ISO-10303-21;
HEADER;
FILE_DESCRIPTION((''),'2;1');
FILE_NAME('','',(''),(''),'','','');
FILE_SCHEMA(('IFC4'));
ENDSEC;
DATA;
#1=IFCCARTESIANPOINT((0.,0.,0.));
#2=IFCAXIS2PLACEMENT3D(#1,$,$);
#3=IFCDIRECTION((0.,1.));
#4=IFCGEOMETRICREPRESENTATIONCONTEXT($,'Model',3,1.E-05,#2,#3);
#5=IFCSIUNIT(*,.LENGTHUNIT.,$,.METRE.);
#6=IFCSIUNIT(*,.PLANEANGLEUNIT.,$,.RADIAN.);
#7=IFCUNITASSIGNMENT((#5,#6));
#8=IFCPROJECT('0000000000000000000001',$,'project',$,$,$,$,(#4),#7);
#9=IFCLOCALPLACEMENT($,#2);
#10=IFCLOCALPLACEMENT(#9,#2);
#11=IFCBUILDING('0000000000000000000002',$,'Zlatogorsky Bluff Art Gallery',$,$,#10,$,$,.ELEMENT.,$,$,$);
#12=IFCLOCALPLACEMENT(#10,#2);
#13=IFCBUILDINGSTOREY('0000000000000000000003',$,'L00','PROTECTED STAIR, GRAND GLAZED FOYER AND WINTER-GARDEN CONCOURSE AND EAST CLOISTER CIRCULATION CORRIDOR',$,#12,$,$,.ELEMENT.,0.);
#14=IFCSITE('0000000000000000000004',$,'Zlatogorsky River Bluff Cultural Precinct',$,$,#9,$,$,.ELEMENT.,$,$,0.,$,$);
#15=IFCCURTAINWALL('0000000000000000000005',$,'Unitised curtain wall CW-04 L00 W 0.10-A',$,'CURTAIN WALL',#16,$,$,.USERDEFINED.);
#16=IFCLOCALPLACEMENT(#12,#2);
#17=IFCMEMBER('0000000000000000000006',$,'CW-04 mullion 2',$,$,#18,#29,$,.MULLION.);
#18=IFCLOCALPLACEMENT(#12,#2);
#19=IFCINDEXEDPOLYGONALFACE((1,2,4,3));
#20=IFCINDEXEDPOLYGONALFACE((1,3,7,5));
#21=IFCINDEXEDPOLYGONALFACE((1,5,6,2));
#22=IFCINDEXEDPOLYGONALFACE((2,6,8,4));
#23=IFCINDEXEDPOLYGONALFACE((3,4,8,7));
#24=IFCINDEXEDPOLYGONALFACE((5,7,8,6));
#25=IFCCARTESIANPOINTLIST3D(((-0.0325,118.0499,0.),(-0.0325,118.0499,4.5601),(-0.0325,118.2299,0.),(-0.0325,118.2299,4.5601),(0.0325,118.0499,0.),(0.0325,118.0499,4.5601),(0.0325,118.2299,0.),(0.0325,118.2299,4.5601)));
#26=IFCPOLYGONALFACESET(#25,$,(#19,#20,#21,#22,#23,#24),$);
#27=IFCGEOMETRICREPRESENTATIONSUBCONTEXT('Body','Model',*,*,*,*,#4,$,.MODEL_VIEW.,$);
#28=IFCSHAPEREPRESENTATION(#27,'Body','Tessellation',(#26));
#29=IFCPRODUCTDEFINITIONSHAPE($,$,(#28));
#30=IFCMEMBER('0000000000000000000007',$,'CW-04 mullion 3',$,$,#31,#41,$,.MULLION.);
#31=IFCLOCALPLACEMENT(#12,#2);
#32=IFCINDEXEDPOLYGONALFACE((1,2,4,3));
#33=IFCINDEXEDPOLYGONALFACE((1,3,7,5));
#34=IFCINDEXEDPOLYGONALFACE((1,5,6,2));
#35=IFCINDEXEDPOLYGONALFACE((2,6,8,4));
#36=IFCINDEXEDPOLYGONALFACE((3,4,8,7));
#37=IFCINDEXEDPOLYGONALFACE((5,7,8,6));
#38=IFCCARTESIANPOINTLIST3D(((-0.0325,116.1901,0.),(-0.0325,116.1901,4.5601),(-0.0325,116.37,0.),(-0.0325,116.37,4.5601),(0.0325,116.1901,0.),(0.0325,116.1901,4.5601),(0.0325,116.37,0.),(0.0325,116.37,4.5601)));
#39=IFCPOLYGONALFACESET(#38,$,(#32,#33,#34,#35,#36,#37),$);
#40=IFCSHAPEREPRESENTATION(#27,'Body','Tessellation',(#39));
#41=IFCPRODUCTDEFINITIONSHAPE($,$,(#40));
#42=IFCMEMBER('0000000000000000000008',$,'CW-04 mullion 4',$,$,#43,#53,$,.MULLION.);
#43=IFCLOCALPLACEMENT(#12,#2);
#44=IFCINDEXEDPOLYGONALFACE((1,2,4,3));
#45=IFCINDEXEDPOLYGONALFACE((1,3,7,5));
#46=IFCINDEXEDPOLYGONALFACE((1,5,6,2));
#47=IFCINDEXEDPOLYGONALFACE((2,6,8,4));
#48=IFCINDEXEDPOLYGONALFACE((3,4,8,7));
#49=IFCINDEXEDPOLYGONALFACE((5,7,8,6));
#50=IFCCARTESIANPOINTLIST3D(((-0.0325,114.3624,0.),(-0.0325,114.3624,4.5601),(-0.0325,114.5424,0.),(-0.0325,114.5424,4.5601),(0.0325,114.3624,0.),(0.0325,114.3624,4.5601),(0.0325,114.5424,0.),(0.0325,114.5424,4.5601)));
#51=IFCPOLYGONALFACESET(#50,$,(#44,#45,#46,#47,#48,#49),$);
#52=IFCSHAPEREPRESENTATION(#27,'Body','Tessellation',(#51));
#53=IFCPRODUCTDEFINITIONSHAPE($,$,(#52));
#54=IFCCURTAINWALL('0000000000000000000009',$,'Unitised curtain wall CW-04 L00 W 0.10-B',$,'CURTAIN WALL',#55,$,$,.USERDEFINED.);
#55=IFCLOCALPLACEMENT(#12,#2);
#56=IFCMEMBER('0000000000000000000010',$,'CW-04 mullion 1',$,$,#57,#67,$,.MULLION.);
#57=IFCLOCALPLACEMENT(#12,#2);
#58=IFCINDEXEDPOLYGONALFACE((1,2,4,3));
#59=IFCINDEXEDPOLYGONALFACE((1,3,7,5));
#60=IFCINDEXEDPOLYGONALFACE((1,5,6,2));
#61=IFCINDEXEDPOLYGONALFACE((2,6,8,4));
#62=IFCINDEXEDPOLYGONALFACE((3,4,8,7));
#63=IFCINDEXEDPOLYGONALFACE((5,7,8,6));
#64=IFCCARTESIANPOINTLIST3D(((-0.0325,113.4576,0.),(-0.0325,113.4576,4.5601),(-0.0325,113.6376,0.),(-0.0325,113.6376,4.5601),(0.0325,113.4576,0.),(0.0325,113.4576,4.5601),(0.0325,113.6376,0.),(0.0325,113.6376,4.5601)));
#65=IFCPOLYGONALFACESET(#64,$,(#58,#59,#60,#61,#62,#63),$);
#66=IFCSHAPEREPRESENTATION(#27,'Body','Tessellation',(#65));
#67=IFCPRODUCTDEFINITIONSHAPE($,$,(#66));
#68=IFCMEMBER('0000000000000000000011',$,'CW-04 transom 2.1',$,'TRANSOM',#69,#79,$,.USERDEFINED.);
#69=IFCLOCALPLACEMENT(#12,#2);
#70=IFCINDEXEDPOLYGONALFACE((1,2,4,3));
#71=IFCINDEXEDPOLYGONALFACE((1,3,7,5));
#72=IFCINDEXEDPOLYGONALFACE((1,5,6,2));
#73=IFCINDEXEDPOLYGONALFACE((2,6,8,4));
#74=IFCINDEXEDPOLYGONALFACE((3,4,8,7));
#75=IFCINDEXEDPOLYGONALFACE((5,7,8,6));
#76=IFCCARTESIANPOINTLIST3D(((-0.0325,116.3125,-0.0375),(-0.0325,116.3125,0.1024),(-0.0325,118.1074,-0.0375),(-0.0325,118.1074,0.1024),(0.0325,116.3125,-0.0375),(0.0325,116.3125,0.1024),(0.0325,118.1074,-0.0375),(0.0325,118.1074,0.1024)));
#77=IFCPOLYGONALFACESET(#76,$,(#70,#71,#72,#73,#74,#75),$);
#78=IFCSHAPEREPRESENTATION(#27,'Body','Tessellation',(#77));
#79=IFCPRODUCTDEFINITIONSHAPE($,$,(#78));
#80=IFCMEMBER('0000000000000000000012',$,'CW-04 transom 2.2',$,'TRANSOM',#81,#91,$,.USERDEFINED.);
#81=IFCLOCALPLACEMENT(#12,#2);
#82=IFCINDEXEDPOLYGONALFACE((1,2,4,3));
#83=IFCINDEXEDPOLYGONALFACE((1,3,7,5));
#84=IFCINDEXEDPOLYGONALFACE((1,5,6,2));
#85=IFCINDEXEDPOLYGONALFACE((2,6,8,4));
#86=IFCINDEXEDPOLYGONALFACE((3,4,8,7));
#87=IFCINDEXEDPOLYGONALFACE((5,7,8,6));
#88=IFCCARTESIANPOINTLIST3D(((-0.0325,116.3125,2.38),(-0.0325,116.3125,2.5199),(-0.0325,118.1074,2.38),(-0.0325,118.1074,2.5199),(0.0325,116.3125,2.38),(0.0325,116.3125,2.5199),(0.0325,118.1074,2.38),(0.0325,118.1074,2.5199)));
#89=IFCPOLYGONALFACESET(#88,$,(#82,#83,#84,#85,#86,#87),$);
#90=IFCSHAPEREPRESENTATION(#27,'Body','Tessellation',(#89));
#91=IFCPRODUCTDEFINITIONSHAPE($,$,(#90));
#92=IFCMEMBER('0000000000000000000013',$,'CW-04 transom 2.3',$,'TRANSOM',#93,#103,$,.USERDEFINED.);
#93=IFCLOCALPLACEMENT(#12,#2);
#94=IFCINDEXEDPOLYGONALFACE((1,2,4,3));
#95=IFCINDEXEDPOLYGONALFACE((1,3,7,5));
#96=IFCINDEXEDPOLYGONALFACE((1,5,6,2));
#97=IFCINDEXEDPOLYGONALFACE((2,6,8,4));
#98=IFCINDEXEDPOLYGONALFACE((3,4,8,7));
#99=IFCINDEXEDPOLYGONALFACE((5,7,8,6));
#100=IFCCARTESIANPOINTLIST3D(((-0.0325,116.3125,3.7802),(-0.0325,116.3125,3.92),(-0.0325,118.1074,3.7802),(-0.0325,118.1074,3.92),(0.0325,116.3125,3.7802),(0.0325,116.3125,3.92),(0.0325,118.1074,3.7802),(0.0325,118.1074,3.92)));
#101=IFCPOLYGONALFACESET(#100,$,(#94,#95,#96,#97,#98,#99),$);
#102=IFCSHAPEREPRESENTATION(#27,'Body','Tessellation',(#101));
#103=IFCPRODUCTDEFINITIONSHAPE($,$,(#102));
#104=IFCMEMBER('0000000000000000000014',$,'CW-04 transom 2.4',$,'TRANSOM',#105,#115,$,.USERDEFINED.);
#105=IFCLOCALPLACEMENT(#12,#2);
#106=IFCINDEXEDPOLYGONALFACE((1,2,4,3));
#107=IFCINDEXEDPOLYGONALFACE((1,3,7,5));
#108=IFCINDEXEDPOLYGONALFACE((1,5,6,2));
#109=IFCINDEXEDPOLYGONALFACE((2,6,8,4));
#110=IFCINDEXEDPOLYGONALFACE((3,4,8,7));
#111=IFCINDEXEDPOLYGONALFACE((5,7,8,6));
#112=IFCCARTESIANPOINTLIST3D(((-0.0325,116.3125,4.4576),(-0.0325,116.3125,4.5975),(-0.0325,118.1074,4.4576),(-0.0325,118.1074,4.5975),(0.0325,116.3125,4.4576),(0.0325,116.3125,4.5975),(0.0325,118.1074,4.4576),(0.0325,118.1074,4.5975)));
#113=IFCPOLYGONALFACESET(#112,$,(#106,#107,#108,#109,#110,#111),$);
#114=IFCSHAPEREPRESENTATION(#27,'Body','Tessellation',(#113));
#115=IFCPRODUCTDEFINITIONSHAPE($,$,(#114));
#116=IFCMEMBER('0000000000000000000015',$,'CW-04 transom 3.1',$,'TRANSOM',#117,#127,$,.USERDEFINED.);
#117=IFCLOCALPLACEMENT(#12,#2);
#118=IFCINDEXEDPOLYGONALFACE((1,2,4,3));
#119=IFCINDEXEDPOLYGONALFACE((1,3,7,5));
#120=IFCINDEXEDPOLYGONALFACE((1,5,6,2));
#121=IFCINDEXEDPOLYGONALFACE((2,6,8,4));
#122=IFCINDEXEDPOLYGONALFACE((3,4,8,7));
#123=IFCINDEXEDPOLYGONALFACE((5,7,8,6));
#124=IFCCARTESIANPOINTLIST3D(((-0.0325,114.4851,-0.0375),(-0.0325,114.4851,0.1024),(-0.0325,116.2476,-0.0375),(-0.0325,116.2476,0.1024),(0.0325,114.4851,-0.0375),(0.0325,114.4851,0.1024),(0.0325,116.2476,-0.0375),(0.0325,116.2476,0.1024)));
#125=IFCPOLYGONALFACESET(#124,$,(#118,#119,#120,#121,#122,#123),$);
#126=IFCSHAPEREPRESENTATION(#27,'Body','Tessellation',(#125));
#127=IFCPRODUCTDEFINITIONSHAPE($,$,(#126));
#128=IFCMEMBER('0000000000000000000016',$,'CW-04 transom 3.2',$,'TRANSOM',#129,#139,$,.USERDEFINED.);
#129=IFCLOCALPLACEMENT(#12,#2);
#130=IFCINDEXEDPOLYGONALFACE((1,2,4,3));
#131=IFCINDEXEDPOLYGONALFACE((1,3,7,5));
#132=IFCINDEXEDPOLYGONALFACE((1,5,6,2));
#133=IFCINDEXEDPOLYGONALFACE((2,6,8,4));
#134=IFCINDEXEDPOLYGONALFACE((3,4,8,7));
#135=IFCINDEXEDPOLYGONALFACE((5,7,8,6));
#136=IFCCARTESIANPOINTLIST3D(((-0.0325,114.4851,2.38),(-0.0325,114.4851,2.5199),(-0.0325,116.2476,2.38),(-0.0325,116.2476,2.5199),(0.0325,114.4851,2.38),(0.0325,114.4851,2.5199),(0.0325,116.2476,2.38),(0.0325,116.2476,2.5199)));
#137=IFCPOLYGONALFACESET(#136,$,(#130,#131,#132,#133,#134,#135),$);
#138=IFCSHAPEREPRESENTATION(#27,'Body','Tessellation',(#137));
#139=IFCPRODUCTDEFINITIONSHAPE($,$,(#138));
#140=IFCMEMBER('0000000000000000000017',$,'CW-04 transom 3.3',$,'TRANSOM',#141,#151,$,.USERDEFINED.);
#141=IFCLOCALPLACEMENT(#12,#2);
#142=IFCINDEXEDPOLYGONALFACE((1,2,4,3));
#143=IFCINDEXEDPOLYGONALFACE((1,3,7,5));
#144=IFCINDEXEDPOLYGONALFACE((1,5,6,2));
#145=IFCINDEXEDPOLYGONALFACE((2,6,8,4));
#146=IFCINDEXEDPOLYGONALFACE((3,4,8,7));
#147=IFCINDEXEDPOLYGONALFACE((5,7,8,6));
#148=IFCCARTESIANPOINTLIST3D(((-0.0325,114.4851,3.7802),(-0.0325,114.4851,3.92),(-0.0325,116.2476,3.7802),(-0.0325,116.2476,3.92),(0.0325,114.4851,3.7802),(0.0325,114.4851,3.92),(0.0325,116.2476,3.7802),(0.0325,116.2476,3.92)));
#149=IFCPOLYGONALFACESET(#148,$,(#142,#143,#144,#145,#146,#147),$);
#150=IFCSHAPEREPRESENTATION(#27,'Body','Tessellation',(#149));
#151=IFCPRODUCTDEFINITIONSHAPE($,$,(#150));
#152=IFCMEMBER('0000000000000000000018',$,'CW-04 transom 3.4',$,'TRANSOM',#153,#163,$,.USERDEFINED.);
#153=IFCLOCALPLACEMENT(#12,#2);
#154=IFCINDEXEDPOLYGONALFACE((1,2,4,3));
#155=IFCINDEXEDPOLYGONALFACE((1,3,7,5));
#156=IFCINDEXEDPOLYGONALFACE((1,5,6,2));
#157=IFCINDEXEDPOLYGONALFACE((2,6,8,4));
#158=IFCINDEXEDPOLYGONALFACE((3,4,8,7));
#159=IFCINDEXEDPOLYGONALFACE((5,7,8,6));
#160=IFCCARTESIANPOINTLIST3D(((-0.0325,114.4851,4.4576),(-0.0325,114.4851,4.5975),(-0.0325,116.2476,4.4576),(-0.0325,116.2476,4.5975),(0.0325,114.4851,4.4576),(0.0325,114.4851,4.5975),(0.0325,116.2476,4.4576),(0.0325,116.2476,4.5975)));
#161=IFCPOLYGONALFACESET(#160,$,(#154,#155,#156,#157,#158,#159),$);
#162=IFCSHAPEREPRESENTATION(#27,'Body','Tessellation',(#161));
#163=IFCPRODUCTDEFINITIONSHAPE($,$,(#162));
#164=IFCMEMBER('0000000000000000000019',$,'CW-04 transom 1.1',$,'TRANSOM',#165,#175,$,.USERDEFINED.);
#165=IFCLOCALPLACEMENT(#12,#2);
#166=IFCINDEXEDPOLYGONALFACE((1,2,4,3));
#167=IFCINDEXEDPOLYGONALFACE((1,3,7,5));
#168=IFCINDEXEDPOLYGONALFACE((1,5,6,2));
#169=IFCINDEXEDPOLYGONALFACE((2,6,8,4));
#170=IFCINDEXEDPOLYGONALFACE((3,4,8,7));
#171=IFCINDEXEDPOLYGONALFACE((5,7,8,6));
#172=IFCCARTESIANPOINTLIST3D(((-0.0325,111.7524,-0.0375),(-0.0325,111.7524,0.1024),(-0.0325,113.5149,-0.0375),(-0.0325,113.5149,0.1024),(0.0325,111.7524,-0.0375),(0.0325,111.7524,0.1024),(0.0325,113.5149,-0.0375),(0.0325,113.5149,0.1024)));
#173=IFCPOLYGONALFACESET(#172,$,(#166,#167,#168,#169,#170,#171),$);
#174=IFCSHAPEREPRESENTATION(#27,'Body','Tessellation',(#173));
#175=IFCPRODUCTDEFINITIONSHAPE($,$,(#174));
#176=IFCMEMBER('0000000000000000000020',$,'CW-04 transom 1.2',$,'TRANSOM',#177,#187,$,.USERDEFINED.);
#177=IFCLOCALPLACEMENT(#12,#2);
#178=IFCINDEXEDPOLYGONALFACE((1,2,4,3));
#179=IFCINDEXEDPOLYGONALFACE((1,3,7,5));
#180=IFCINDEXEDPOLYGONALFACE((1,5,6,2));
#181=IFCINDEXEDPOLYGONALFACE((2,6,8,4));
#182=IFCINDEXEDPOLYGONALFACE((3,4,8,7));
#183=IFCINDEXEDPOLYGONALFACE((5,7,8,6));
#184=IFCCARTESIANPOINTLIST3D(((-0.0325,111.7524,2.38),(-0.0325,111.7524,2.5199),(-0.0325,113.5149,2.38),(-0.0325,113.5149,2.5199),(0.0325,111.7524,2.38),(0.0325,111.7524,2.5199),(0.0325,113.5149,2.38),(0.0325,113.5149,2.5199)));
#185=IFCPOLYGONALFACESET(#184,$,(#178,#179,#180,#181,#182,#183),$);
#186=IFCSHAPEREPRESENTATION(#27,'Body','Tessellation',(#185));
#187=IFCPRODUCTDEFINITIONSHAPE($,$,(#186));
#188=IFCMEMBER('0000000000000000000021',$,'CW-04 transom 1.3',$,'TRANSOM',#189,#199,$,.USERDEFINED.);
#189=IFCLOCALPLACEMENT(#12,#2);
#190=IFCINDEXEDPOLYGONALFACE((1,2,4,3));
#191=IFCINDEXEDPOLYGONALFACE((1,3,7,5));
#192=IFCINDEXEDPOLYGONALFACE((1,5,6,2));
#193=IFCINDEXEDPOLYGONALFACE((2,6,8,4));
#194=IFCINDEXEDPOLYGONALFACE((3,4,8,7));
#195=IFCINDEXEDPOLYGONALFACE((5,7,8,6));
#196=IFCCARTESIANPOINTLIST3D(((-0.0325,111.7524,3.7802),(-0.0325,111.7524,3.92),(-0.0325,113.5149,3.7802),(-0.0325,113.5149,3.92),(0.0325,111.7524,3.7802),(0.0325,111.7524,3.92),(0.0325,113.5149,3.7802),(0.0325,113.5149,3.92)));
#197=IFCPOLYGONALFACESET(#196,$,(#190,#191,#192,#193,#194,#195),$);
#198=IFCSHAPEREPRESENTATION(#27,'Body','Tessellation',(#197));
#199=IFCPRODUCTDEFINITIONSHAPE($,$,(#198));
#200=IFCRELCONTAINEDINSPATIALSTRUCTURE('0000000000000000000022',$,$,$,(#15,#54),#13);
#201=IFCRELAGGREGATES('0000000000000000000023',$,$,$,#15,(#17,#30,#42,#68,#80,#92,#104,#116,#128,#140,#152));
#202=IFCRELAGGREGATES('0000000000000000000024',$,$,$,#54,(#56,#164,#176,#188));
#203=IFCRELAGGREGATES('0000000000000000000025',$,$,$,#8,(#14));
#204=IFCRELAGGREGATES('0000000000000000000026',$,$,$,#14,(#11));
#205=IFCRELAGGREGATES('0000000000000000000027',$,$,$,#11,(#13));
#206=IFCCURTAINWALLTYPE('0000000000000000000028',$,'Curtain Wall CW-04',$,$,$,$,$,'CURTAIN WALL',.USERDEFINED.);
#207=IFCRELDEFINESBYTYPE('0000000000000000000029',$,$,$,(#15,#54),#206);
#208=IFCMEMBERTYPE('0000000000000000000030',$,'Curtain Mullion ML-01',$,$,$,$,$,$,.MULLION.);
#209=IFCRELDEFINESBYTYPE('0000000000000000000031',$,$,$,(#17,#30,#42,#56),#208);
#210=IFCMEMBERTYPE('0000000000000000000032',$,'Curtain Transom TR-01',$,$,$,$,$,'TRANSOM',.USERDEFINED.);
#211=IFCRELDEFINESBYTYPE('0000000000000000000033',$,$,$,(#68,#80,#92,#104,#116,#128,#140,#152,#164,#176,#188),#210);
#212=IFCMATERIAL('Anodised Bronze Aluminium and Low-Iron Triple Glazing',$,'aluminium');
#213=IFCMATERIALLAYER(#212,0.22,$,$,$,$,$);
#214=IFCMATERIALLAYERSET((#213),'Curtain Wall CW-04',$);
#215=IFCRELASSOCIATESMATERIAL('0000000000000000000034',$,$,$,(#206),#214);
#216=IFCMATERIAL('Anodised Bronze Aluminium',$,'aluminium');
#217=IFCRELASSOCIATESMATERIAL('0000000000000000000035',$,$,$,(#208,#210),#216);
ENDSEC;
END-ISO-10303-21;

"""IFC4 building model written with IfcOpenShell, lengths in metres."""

from ifc_helpers import new_model, si_unit, direction, frame, origin, origin_2d, place, context, subcontext, project, spatial, rectangle, extrude, material, layer, layer_set, material_profile, profile_set, type_object, element, aggregate, save


model = new_model("IFC4")

# Units and contexts
model_context = context("Model", 3, precision=1e-05, world=origin(), true_north=direction((0.0, 1.0)))
body_context = subcontext(model_context, "Body", "Model", "MODEL_VIEW")
ifc_project = project(units=[si_unit("LENGTHUNIT", "METRE"), si_unit("PLANEANGLEUNIT", "RADIAN")], contexts=[model_context])

# Site, building, storey
site_placement = place(None, origin())
site = spatial("IfcSite", under=ifc_project, at=site_placement, Name="Zlatogorsky River Bluff Cultural Precinct", CompositionType="ELEMENT", RefElevation=0.0)
building_placement = place(site_placement, origin())
building = spatial("IfcBuilding", under=site, at=building_placement, Name="Zlatogorsky Bluff Art Gallery", CompositionType="ELEMENT")
storey_placement = place(building_placement, origin())
storey = spatial("IfcBuildingStorey", under=building, at=storey_placement, Name="L00", Description="PROTECTED STAIR, GRAND GLAZED FOYER AND WINTER-GARDEN CONCOURSE AND EAST CLOISTER CIRCULATION CORRIDOR", CompositionType="ELEMENT", Elevation=0.0)

# Curtain wall, members
ifc_material_1 = material(Name="Anodised Bronze Aluminium and Low-Iron Triple Glazing", Category="aluminium")
ifc_layer_1 = layer(ifc_material_1, 0.22)
ifc_layer_set_1 = layer_set([ifc_layer_1], Name="Curtain Wall CW-04")
curtain_wall_type = type_object("IfcCurtainWallType", Name="Curtain Wall CW-04", ElementType="CURTAIN WALL", PredefinedType="USERDEFINED", material=ifc_layer_set_1)
curtain_wall_1_placement = place(storey_placement, origin())
curtain_wall_1 = element("IfcCurtainWall", 1, at=curtain_wall_1_placement, inside=storey, type_object=curtain_wall_type, Name="Unitised curtain wall CW-04 L00 W 0.10-A", ObjectType="CURTAIN WALL", PredefinedType="USERDEFINED")
ifc_material_2 = material(Name="Anodised Bronze Aluminium", Category="aluminium")
ifc_material_profile_1 = material_profile(ifc_material_2, rectangle(XDim=0.0649, YDim=0.1799, at=origin_2d()), Name="ALU MULLION 65x180")
ifc_profile_set_1 = profile_set([ifc_material_profile_1], Name="Anodised Bronze Aluminium")
member_type_1 = type_object("IfcMemberType", Name="Curtain Mullion ML-01", PredefinedType="MULLION", material=ifc_profile_set_1)
member_1_placement = place(storey_placement, frame((0.0, 118.1399, 0.0), z_axis=(0.0, 0.0, 1.0), x_axis=(1.0, 0.0, 0.0)))
member_1 = element("IfcMember", 2, at=member_1_placement, type_object=member_type_1, Name="CW-04 mullion 2", PredefinedType="MULLION", context=body_context, shape_type="SweptSolid", body=[
    extrude(rectangle(XDim=0.0649, YDim=0.1799, at=origin_2d()), origin(), (0.0, 0.0, 1.0), 4.5601),
])
member_2_placement = place(storey_placement, frame((0.0, 116.28, 0.0), z_axis=(0.0, 0.0, 1.0), x_axis=(1.0, 0.0, 0.0)))
member_2 = element("IfcMember", 3, at=member_2_placement, type_object=member_type_1, Name="CW-04 mullion 3", PredefinedType="MULLION", context=body_context, shape_type="SweptSolid", body=[
    extrude(rectangle(XDim=0.0649, YDim=0.1799, at=origin_2d()), origin(), (0.0, 0.0, 1.0), 4.5601),
])
member_3_placement = place(storey_placement, frame((0.0, 114.4524, 0.0), z_axis=(0.0, 0.0, 1.0), x_axis=(1.0, 0.0, 0.0)))
member_3 = element("IfcMember", 4, at=member_3_placement, type_object=member_type_1, Name="CW-04 mullion 4", PredefinedType="MULLION", context=body_context, shape_type="SweptSolid", body=[
    extrude(rectangle(XDim=0.0649, YDim=0.1799, at=origin_2d()), origin(), (0.0, 0.0, 1.0), 4.5601),
])

# Curtain wall, member
curtain_wall_2_placement = place(storey_placement, origin())
curtain_wall_2 = element("IfcCurtainWall", 5, at=curtain_wall_2_placement, inside=storey, type_object=curtain_wall_type, Name="Unitised curtain wall CW-04 L00 W 0.10-B", ObjectType="CURTAIN WALL", PredefinedType="USERDEFINED")
member_4_placement = place(storey_placement, frame((0.0, 113.5476, 0.0), z_axis=(0.0, 0.0, 1.0), x_axis=(1.0, 0.0, 0.0)))
member_4 = element("IfcMember", 6, at=member_4_placement, type_object=member_type_1, Name="CW-04 mullion 1", PredefinedType="MULLION", context=body_context, shape_type="SweptSolid", body=[
    extrude(rectangle(XDim=0.0649, YDim=0.1799, at=origin_2d()), origin(), (0.0, 0.0, 1.0), 4.5601),
])

# Members
ifc_material_profile_2 = material_profile(ifc_material_2, rectangle(XDim=0.0649, YDim=0.1399, at=origin_2d()), Name="ALU TRANSOM 65x140")
ifc_profile_set_2 = profile_set([ifc_material_profile_2], Name="Anodised Bronze Aluminium")
member_type_2 = type_object("IfcMemberType", Name="Curtain Transom TR-01", ElementType="TRANSOM", PredefinedType="USERDEFINED", material=ifc_profile_set_2)
member_5_placement = place(storey_placement, frame((0.0, 118.1074, 0.0325), z_axis=(0.0, -1.0, 0.0), x_axis=(1.0, 0.0, 0.0)))
member_5 = element("IfcMember", 7, at=member_5_placement, type_object=member_type_2, Name="CW-04 transom 2.1", ObjectType="TRANSOM", PredefinedType="USERDEFINED", context=body_context, shape_type="SweptSolid", body=[
    extrude(rectangle(XDim=0.0649, YDim=0.1399, at=origin_2d()), origin(), (0.0, 0.0, 1.0), 1.7949),
])
member_6_placement = place(storey_placement, frame((0.0, 118.1074, 2.45), z_axis=(0.0, -1.0, 0.0), x_axis=(1.0, 0.0, 0.0)))
member_6 = element("IfcMember", 8, at=member_6_placement, type_object=member_type_2, Name="CW-04 transom 2.2", ObjectType="TRANSOM", PredefinedType="USERDEFINED", context=body_context, shape_type="SweptSolid", body=[
    extrude(rectangle(XDim=0.0649, YDim=0.1399, at=origin_2d()), origin(), (0.0, 0.0, 1.0), 1.7949),
])
member_7_placement = place(storey_placement, frame((0.0, 118.1074, 3.8501), z_axis=(0.0, -1.0, 0.0), x_axis=(1.0, 0.0, 0.0)))
member_7 = element("IfcMember", 9, at=member_7_placement, type_object=member_type_2, Name="CW-04 transom 2.3", ObjectType="TRANSOM", PredefinedType="USERDEFINED", context=body_context, shape_type="SweptSolid", body=[
    extrude(rectangle(XDim=0.0649, YDim=0.1399, at=origin_2d()), origin(), (0.0, 0.0, 1.0), 1.7949),
])
member_8_placement = place(storey_placement, frame((0.0, 118.1074, 4.5276), z_axis=(0.0, -1.0, 0.0), x_axis=(1.0, 0.0, 0.0)))
member_8 = element("IfcMember", 10, at=member_8_placement, type_object=member_type_2, Name="CW-04 transom 2.4", ObjectType="TRANSOM", PredefinedType="USERDEFINED", context=body_context, shape_type="SweptSolid", body=[
    extrude(rectangle(XDim=0.0649, YDim=0.1399, at=origin_2d()), origin(), (0.0, 0.0, 1.0), 1.7949),
])
member_9_placement = place(storey_placement, frame((0.0, 116.2476, 0.0325), z_axis=(0.0, -1.0, 0.0), x_axis=(1.0, 0.0, 0.0)))
member_9 = element("IfcMember", 11, at=member_9_placement, type_object=member_type_2, Name="CW-04 transom 3.1", ObjectType="TRANSOM", PredefinedType="USERDEFINED", context=body_context, shape_type="SweptSolid", body=[
    extrude(rectangle(XDim=0.0649, YDim=0.1399, at=origin_2d()), origin(), (0.0, 0.0, 1.0), 1.7625),
])
member_10_placement = place(storey_placement, frame((0.0, 116.2476, 2.45), z_axis=(0.0, -1.0, 0.0), x_axis=(1.0, 0.0, 0.0)))
member_10 = element("IfcMember", 12, at=member_10_placement, type_object=member_type_2, Name="CW-04 transom 3.2", ObjectType="TRANSOM", PredefinedType="USERDEFINED", context=body_context, shape_type="SweptSolid", body=[
    extrude(rectangle(XDim=0.0649, YDim=0.1399, at=origin_2d()), origin(), (0.0, 0.0, 1.0), 1.7625),
])
member_11_placement = place(storey_placement, frame((0.0, 116.2476, 3.8501), z_axis=(0.0, -1.0, 0.0), x_axis=(1.0, 0.0, 0.0)))
member_11 = element("IfcMember", 13, at=member_11_placement, type_object=member_type_2, Name="CW-04 transom 3.3", ObjectType="TRANSOM", PredefinedType="USERDEFINED", context=body_context, shape_type="SweptSolid", body=[
    extrude(rectangle(XDim=0.0649, YDim=0.1399, at=origin_2d()), origin(), (0.0, 0.0, 1.0), 1.7625),
])
member_12_placement = place(storey_placement, frame((0.0, 116.2476, 4.5276), z_axis=(0.0, -1.0, 0.0), x_axis=(1.0, 0.0, 0.0)))
member_12 = element("IfcMember", 14, at=member_12_placement, type_object=member_type_2, Name="CW-04 transom 3.4", ObjectType="TRANSOM", PredefinedType="USERDEFINED", context=body_context, shape_type="SweptSolid", body=[
    extrude(rectangle(XDim=0.0649, YDim=0.1399, at=origin_2d()), origin(), (0.0, 0.0, 1.0), 1.7625),
])
member_13_placement = place(storey_placement, frame((0.0, 113.5149, 0.0325), z_axis=(0.0, -1.0, 0.0), x_axis=(1.0, 0.0, 0.0)))
member_13 = element("IfcMember", 15, at=member_13_placement, type_object=member_type_2, Name="CW-04 transom 1.1", ObjectType="TRANSOM", PredefinedType="USERDEFINED", context=body_context, shape_type="SweptSolid", body=[
    extrude(rectangle(XDim=0.0649, YDim=0.1399, at=origin_2d()), origin(), (0.0, 0.0, 1.0), 1.7625),
])
member_14_placement = place(storey_placement, frame((0.0, 113.5149, 2.45), z_axis=(0.0, -1.0, 0.0), x_axis=(1.0, 0.0, 0.0)))
member_14 = element("IfcMember", 16, at=member_14_placement, type_object=member_type_2, Name="CW-04 transom 1.2", ObjectType="TRANSOM", PredefinedType="USERDEFINED", context=body_context, shape_type="SweptSolid", body=[
    extrude(rectangle(XDim=0.0649, YDim=0.1399, at=origin_2d()), origin(), (0.0, 0.0, 1.0), 1.7625),
])
member_15_placement = place(storey_placement, frame((0.0, 113.5149, 3.8501), z_axis=(0.0, -1.0, 0.0), x_axis=(1.0, 0.0, 0.0)))
member_15 = element("IfcMember", 17, at=member_15_placement, type_object=member_type_2, Name="CW-04 transom 1.3", ObjectType="TRANSOM", PredefinedType="USERDEFINED", context=body_context, shape_type="SweptSolid", body=[
    extrude(rectangle(XDim=0.0649, YDim=0.1399, at=origin_2d()), origin(), (0.0, 0.0, 1.0), 1.7625),
])

aggregate(curtain_wall_1, [member_1, member_2, member_3, member_5, member_6, member_7, member_8, member_9, member_10, member_11, member_12])
aggregate(curtain_wall_2, [member_4, member_13, member_14, member_15])

save(model, "model.ifc")
